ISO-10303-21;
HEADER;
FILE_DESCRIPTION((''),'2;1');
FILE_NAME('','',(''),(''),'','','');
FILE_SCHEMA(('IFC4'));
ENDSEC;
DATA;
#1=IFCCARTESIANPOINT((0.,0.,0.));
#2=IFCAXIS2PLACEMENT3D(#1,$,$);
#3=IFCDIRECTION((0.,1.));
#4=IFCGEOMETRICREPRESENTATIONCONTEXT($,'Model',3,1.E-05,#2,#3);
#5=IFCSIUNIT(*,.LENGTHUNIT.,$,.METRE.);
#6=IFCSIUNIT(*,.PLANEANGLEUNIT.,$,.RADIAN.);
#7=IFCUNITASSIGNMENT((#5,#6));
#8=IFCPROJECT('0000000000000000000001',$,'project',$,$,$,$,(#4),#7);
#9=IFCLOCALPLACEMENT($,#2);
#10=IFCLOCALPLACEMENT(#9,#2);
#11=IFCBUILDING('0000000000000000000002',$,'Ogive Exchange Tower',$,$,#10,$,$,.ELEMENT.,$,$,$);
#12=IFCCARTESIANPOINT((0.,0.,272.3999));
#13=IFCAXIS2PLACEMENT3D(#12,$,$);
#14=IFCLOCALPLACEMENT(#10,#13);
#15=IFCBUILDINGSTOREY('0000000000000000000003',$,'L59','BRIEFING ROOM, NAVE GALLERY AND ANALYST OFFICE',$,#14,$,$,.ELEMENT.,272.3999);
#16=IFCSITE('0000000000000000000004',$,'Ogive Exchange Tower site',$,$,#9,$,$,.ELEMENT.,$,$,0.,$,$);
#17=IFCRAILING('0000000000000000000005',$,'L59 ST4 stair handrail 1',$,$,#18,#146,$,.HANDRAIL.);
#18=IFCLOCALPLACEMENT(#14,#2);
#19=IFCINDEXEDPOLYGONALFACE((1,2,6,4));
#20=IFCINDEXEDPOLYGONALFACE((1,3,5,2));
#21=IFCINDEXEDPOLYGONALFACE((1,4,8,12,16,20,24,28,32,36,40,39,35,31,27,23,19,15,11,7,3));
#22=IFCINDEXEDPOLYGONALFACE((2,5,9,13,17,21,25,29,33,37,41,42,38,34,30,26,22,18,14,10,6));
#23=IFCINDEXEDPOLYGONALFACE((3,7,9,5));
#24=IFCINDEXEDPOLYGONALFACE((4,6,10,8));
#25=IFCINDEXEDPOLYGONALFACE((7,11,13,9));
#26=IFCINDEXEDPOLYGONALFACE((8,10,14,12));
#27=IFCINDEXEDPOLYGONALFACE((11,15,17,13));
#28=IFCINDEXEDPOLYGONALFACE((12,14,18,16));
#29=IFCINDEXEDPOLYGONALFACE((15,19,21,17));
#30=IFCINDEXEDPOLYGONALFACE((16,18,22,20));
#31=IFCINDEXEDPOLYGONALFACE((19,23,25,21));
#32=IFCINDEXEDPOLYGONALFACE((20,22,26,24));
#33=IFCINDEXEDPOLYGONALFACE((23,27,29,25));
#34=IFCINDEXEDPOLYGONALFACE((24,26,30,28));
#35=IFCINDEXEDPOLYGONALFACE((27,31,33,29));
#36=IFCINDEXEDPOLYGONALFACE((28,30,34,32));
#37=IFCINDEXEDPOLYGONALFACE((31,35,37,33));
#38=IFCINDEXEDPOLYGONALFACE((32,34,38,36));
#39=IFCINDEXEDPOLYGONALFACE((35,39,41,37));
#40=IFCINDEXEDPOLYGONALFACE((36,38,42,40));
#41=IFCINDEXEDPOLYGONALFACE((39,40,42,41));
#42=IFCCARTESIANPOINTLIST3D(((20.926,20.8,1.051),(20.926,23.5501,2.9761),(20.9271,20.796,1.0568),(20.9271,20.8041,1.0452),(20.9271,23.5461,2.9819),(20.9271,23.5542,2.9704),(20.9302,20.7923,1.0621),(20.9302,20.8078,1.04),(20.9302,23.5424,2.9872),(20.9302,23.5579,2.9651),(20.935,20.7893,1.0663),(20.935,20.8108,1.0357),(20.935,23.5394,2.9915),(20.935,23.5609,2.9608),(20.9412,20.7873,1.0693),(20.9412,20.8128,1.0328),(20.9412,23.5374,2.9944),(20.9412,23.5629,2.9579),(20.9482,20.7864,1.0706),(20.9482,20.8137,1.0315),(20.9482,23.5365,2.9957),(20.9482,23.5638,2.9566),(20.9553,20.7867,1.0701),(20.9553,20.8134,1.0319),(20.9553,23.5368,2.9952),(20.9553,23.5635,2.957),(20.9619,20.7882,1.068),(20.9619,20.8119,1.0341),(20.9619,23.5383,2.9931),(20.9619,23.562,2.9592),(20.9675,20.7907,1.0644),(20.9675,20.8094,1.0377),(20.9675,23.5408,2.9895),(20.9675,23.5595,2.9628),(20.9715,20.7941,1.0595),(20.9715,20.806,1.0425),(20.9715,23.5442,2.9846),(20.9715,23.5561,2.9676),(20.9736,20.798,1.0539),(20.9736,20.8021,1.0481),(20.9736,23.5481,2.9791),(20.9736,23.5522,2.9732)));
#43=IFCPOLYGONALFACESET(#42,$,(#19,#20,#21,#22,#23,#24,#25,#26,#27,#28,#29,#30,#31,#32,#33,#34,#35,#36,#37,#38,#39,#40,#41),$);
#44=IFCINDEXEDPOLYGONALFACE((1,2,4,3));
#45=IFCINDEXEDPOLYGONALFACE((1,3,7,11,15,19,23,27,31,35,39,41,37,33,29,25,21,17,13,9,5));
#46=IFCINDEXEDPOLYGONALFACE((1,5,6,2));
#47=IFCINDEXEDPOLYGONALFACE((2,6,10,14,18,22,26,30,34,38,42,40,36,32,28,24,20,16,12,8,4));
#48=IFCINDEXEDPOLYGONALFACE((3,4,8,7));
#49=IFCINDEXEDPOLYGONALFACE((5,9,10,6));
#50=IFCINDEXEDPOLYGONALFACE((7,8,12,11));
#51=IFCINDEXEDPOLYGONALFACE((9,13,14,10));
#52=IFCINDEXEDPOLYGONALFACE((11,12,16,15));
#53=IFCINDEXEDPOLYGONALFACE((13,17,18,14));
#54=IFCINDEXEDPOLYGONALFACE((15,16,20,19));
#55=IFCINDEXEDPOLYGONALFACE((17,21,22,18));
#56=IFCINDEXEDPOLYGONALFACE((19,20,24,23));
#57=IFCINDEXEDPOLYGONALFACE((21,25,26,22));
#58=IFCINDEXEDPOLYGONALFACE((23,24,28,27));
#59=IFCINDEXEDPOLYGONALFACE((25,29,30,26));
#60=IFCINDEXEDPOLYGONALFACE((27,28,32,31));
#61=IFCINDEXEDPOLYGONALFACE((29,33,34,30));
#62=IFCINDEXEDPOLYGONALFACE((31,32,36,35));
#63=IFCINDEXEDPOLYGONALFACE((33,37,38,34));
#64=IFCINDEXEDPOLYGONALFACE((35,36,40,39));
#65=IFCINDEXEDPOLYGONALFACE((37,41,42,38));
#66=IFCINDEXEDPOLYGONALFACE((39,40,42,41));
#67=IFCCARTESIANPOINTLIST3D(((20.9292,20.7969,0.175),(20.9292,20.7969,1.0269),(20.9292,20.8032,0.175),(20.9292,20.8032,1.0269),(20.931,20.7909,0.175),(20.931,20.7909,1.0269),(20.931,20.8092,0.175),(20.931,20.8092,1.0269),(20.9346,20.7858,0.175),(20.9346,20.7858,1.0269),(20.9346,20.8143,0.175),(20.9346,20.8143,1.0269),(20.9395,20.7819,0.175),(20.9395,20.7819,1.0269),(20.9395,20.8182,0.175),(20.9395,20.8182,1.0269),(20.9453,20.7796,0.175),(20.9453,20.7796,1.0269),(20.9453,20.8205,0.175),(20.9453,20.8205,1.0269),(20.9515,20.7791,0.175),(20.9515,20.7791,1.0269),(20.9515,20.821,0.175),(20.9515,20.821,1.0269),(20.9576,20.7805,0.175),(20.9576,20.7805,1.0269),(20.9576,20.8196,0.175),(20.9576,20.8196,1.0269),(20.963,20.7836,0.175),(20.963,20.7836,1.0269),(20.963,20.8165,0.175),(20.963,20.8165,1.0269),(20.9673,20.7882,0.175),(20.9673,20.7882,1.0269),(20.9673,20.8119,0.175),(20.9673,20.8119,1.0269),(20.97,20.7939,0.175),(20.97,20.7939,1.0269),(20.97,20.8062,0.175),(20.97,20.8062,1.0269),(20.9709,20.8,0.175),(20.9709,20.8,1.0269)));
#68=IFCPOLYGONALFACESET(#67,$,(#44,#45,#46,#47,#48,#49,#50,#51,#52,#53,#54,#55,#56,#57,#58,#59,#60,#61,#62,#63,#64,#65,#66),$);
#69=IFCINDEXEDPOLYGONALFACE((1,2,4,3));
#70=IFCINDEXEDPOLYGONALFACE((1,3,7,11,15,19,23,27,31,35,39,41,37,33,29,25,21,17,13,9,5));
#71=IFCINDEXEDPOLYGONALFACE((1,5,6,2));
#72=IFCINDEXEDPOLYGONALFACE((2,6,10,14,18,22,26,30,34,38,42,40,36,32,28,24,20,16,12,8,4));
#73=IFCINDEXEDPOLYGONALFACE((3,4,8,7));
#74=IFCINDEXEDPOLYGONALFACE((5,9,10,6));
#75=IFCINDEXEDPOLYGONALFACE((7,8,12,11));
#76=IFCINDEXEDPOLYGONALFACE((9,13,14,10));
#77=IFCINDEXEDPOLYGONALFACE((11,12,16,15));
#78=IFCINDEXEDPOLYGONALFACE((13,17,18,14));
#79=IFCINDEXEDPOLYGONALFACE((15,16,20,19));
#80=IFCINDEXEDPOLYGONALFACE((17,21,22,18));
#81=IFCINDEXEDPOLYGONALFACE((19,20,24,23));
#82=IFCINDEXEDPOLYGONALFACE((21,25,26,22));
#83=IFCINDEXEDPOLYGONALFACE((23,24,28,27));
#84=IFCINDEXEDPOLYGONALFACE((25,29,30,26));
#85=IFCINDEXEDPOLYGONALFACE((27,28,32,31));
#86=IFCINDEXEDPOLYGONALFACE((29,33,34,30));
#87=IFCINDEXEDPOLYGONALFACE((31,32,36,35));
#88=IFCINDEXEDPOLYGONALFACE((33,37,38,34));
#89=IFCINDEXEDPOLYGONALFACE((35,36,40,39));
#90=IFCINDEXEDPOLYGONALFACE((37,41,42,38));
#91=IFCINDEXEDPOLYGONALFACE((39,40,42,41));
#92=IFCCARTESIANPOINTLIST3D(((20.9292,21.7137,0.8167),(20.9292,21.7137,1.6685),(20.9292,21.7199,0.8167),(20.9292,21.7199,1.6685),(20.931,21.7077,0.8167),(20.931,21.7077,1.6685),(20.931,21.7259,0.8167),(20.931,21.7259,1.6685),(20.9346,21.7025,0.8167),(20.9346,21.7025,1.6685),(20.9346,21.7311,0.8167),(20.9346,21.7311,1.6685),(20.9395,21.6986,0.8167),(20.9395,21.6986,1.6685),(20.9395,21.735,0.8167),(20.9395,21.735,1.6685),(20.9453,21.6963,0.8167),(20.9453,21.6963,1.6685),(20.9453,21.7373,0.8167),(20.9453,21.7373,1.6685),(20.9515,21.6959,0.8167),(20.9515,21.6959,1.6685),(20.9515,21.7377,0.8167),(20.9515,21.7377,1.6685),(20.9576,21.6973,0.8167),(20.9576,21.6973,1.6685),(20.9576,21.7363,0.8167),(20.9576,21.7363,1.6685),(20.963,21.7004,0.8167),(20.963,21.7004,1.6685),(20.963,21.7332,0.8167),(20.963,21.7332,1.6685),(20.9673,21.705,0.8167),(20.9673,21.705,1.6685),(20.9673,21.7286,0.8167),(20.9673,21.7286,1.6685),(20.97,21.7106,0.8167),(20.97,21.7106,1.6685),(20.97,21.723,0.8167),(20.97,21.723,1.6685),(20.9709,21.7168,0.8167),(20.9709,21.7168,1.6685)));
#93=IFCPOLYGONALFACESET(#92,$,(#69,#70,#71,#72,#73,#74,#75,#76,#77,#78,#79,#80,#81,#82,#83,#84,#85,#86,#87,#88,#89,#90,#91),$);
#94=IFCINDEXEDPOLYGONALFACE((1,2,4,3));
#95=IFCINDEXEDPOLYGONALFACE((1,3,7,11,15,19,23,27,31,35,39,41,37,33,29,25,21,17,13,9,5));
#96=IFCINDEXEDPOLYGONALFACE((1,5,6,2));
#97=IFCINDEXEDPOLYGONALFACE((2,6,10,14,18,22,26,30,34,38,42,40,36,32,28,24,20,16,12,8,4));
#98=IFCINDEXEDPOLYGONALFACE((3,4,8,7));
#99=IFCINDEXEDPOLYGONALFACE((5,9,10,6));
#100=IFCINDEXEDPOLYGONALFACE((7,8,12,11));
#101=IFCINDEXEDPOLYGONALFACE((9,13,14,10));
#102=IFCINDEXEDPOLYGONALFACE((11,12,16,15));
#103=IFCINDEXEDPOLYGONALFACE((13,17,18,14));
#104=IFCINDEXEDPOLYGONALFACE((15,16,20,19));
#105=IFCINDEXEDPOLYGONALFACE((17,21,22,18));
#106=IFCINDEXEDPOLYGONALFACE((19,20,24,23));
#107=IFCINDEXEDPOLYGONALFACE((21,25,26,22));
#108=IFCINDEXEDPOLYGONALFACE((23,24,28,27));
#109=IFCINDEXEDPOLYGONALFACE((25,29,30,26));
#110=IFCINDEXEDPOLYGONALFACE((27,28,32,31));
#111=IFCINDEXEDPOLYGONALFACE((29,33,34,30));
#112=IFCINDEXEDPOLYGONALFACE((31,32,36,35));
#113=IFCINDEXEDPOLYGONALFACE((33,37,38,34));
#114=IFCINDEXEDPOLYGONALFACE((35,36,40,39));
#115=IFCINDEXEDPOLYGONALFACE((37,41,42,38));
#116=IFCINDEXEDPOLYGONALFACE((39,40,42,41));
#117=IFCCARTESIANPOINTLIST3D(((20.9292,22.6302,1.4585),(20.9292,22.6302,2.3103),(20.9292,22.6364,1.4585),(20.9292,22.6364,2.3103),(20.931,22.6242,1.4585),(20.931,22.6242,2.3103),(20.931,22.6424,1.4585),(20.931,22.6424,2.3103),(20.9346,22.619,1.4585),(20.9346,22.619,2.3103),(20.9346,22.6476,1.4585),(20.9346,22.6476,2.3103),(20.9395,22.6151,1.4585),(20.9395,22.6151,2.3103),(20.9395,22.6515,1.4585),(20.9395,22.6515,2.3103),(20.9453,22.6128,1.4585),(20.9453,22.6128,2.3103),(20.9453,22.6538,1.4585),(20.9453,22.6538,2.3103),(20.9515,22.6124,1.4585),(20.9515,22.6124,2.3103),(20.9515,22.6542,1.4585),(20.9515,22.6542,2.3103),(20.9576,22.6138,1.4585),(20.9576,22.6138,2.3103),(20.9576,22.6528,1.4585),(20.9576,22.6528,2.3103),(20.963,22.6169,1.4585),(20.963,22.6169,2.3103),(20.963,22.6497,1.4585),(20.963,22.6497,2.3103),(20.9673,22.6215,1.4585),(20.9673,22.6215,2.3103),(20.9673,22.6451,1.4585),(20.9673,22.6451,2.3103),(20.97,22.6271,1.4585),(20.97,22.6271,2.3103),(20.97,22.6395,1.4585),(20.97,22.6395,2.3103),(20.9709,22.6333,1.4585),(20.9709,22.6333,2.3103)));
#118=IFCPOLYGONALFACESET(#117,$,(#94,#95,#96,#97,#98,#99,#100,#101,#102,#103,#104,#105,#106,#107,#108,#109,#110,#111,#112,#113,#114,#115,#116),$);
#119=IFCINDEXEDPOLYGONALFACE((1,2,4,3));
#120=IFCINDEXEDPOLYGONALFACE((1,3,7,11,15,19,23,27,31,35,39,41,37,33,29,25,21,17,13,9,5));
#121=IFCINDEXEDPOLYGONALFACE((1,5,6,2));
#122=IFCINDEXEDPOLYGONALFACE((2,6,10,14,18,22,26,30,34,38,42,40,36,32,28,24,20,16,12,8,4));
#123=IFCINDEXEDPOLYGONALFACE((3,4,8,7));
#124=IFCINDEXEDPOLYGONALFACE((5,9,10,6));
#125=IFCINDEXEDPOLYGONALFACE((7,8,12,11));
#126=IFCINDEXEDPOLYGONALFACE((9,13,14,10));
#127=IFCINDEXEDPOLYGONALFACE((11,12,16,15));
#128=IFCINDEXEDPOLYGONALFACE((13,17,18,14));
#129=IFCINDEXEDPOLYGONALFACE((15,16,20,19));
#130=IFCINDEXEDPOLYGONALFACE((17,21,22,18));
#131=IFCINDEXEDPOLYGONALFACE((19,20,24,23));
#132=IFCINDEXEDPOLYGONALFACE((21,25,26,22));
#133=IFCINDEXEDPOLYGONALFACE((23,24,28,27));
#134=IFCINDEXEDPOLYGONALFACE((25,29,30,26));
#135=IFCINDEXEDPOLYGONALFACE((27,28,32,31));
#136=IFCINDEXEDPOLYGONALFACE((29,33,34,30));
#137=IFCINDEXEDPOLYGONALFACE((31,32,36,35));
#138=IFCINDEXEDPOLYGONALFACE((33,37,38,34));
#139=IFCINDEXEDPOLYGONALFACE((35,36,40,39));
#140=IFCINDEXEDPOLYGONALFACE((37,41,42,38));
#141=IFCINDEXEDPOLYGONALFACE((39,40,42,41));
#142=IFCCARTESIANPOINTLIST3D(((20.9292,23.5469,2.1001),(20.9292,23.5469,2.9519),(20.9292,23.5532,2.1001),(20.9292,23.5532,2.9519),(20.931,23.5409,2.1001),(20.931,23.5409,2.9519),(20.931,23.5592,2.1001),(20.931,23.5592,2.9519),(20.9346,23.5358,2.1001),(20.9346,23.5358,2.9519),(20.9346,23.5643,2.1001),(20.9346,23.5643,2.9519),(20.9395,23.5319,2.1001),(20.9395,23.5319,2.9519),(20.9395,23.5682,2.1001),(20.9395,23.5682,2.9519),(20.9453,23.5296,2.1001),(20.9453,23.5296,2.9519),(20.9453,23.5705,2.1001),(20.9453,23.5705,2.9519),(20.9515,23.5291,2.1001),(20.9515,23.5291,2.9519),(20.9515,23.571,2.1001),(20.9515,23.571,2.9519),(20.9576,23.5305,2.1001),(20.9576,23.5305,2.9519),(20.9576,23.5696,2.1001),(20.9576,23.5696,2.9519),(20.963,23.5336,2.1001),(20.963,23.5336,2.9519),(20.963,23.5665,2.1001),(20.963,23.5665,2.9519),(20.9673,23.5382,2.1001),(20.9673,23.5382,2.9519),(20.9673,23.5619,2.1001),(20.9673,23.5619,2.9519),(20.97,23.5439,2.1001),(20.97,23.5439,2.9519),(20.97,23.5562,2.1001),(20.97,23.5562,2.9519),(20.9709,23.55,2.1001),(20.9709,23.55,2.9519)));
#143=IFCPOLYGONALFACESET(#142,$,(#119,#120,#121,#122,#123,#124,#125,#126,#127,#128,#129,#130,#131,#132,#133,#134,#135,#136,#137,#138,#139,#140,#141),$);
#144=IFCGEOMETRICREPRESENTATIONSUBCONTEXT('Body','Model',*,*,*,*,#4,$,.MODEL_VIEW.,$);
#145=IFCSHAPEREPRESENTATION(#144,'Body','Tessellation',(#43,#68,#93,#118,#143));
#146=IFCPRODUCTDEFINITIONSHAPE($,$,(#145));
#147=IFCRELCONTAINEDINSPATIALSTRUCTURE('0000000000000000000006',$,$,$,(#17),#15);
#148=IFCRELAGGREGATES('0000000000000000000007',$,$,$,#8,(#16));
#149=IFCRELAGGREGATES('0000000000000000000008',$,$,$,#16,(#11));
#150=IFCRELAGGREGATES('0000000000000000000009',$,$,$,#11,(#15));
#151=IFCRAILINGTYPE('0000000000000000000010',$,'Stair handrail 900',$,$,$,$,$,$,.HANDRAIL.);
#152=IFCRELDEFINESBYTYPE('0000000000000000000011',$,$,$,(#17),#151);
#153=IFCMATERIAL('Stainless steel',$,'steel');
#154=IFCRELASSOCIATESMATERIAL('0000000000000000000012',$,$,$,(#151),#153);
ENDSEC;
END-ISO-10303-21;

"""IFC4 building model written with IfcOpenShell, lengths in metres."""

from ifc_helpers import new_model, si_unit, direction, frame, origin, origin_2d, place, context, subcontext, project, spatial, circle, extrude, material, type_object, element, save


model = new_model("IFC4")

# Units and contexts
model_context = context("Model", 3, precision=1e-05, world=origin(), true_north=direction((0.0, 1.0)))
body_context = subcontext(model_context, "Body", "Model", "MODEL_VIEW")
ifc_project = project(units=[si_unit("LENGTHUNIT", "METRE"), si_unit("PLANEANGLEUNIT", "RADIAN")], contexts=[model_context])

# Site, building, storey
site_placement = place(None, origin())
site = spatial("IfcSite", under=ifc_project, at=site_placement, Name="Ogive Exchange Tower site", CompositionType="ELEMENT", RefElevation=0.0)
building_placement = place(site_placement, origin())
building = spatial("IfcBuilding", under=site, at=building_placement, Name="Ogive Exchange Tower", CompositionType="ELEMENT")
storey_placement = place(building_placement, frame((0.0, 0.0, 272.3999)))
storey = spatial("IfcBuildingStorey", under=building, at=storey_placement, Name="L59", Description="BRIEFING ROOM, NAVE GALLERY AND ANALYST OFFICE", CompositionType="ELEMENT", Elevation=272.3999)

# Railing
ifc_material_1 = material(Name="Stainless steel", Category="steel")
railing_type = type_object("IfcRailingType", Name="Stair handrail 900", PredefinedType="HANDRAIL", material=ifc_material_1)
railing_placement = place(storey_placement, frame((20.95, 20.8, 0.175)))
element("IfcRailing", 1, at=railing_placement, inside=storey, type_object=railing_type, Name="L59 ST4 stair handrail 1", PredefinedType="HANDRAIL", context=body_context, shape_type="SweptSolid", body=[
    extrude(circle(Radius=0.0239, at=origin_2d()), frame((0.0, 0.0, 0.876), z_axis=(0.0, 0.819225, 0.573472), x_axis=(-1.0, 0.0, 0.0)), (0.0, 0.0, 1.0), 3.3569),
    extrude(circle(Radius=0.021, at=origin_2d()), origin(), (0.0, 0.0, 1.0), 0.8518),
    extrude(circle(Radius=0.021, at=origin_2d()), frame((0.0, 0.9167, 0.6416)), (0.0, 0.0, 1.0), 0.8518),
    extrude(circle(Radius=0.021, at=origin_2d()), frame((0.0, 1.8333, 1.2834)), (0.0, 0.0, 1.0), 0.8518),
    extrude(circle(Radius=0.021, at=origin_2d()), frame((0.0, 2.75, 1.925)), (0.0, 0.0, 1.0), 0.8518),
])

save(model, "model.ifc")
